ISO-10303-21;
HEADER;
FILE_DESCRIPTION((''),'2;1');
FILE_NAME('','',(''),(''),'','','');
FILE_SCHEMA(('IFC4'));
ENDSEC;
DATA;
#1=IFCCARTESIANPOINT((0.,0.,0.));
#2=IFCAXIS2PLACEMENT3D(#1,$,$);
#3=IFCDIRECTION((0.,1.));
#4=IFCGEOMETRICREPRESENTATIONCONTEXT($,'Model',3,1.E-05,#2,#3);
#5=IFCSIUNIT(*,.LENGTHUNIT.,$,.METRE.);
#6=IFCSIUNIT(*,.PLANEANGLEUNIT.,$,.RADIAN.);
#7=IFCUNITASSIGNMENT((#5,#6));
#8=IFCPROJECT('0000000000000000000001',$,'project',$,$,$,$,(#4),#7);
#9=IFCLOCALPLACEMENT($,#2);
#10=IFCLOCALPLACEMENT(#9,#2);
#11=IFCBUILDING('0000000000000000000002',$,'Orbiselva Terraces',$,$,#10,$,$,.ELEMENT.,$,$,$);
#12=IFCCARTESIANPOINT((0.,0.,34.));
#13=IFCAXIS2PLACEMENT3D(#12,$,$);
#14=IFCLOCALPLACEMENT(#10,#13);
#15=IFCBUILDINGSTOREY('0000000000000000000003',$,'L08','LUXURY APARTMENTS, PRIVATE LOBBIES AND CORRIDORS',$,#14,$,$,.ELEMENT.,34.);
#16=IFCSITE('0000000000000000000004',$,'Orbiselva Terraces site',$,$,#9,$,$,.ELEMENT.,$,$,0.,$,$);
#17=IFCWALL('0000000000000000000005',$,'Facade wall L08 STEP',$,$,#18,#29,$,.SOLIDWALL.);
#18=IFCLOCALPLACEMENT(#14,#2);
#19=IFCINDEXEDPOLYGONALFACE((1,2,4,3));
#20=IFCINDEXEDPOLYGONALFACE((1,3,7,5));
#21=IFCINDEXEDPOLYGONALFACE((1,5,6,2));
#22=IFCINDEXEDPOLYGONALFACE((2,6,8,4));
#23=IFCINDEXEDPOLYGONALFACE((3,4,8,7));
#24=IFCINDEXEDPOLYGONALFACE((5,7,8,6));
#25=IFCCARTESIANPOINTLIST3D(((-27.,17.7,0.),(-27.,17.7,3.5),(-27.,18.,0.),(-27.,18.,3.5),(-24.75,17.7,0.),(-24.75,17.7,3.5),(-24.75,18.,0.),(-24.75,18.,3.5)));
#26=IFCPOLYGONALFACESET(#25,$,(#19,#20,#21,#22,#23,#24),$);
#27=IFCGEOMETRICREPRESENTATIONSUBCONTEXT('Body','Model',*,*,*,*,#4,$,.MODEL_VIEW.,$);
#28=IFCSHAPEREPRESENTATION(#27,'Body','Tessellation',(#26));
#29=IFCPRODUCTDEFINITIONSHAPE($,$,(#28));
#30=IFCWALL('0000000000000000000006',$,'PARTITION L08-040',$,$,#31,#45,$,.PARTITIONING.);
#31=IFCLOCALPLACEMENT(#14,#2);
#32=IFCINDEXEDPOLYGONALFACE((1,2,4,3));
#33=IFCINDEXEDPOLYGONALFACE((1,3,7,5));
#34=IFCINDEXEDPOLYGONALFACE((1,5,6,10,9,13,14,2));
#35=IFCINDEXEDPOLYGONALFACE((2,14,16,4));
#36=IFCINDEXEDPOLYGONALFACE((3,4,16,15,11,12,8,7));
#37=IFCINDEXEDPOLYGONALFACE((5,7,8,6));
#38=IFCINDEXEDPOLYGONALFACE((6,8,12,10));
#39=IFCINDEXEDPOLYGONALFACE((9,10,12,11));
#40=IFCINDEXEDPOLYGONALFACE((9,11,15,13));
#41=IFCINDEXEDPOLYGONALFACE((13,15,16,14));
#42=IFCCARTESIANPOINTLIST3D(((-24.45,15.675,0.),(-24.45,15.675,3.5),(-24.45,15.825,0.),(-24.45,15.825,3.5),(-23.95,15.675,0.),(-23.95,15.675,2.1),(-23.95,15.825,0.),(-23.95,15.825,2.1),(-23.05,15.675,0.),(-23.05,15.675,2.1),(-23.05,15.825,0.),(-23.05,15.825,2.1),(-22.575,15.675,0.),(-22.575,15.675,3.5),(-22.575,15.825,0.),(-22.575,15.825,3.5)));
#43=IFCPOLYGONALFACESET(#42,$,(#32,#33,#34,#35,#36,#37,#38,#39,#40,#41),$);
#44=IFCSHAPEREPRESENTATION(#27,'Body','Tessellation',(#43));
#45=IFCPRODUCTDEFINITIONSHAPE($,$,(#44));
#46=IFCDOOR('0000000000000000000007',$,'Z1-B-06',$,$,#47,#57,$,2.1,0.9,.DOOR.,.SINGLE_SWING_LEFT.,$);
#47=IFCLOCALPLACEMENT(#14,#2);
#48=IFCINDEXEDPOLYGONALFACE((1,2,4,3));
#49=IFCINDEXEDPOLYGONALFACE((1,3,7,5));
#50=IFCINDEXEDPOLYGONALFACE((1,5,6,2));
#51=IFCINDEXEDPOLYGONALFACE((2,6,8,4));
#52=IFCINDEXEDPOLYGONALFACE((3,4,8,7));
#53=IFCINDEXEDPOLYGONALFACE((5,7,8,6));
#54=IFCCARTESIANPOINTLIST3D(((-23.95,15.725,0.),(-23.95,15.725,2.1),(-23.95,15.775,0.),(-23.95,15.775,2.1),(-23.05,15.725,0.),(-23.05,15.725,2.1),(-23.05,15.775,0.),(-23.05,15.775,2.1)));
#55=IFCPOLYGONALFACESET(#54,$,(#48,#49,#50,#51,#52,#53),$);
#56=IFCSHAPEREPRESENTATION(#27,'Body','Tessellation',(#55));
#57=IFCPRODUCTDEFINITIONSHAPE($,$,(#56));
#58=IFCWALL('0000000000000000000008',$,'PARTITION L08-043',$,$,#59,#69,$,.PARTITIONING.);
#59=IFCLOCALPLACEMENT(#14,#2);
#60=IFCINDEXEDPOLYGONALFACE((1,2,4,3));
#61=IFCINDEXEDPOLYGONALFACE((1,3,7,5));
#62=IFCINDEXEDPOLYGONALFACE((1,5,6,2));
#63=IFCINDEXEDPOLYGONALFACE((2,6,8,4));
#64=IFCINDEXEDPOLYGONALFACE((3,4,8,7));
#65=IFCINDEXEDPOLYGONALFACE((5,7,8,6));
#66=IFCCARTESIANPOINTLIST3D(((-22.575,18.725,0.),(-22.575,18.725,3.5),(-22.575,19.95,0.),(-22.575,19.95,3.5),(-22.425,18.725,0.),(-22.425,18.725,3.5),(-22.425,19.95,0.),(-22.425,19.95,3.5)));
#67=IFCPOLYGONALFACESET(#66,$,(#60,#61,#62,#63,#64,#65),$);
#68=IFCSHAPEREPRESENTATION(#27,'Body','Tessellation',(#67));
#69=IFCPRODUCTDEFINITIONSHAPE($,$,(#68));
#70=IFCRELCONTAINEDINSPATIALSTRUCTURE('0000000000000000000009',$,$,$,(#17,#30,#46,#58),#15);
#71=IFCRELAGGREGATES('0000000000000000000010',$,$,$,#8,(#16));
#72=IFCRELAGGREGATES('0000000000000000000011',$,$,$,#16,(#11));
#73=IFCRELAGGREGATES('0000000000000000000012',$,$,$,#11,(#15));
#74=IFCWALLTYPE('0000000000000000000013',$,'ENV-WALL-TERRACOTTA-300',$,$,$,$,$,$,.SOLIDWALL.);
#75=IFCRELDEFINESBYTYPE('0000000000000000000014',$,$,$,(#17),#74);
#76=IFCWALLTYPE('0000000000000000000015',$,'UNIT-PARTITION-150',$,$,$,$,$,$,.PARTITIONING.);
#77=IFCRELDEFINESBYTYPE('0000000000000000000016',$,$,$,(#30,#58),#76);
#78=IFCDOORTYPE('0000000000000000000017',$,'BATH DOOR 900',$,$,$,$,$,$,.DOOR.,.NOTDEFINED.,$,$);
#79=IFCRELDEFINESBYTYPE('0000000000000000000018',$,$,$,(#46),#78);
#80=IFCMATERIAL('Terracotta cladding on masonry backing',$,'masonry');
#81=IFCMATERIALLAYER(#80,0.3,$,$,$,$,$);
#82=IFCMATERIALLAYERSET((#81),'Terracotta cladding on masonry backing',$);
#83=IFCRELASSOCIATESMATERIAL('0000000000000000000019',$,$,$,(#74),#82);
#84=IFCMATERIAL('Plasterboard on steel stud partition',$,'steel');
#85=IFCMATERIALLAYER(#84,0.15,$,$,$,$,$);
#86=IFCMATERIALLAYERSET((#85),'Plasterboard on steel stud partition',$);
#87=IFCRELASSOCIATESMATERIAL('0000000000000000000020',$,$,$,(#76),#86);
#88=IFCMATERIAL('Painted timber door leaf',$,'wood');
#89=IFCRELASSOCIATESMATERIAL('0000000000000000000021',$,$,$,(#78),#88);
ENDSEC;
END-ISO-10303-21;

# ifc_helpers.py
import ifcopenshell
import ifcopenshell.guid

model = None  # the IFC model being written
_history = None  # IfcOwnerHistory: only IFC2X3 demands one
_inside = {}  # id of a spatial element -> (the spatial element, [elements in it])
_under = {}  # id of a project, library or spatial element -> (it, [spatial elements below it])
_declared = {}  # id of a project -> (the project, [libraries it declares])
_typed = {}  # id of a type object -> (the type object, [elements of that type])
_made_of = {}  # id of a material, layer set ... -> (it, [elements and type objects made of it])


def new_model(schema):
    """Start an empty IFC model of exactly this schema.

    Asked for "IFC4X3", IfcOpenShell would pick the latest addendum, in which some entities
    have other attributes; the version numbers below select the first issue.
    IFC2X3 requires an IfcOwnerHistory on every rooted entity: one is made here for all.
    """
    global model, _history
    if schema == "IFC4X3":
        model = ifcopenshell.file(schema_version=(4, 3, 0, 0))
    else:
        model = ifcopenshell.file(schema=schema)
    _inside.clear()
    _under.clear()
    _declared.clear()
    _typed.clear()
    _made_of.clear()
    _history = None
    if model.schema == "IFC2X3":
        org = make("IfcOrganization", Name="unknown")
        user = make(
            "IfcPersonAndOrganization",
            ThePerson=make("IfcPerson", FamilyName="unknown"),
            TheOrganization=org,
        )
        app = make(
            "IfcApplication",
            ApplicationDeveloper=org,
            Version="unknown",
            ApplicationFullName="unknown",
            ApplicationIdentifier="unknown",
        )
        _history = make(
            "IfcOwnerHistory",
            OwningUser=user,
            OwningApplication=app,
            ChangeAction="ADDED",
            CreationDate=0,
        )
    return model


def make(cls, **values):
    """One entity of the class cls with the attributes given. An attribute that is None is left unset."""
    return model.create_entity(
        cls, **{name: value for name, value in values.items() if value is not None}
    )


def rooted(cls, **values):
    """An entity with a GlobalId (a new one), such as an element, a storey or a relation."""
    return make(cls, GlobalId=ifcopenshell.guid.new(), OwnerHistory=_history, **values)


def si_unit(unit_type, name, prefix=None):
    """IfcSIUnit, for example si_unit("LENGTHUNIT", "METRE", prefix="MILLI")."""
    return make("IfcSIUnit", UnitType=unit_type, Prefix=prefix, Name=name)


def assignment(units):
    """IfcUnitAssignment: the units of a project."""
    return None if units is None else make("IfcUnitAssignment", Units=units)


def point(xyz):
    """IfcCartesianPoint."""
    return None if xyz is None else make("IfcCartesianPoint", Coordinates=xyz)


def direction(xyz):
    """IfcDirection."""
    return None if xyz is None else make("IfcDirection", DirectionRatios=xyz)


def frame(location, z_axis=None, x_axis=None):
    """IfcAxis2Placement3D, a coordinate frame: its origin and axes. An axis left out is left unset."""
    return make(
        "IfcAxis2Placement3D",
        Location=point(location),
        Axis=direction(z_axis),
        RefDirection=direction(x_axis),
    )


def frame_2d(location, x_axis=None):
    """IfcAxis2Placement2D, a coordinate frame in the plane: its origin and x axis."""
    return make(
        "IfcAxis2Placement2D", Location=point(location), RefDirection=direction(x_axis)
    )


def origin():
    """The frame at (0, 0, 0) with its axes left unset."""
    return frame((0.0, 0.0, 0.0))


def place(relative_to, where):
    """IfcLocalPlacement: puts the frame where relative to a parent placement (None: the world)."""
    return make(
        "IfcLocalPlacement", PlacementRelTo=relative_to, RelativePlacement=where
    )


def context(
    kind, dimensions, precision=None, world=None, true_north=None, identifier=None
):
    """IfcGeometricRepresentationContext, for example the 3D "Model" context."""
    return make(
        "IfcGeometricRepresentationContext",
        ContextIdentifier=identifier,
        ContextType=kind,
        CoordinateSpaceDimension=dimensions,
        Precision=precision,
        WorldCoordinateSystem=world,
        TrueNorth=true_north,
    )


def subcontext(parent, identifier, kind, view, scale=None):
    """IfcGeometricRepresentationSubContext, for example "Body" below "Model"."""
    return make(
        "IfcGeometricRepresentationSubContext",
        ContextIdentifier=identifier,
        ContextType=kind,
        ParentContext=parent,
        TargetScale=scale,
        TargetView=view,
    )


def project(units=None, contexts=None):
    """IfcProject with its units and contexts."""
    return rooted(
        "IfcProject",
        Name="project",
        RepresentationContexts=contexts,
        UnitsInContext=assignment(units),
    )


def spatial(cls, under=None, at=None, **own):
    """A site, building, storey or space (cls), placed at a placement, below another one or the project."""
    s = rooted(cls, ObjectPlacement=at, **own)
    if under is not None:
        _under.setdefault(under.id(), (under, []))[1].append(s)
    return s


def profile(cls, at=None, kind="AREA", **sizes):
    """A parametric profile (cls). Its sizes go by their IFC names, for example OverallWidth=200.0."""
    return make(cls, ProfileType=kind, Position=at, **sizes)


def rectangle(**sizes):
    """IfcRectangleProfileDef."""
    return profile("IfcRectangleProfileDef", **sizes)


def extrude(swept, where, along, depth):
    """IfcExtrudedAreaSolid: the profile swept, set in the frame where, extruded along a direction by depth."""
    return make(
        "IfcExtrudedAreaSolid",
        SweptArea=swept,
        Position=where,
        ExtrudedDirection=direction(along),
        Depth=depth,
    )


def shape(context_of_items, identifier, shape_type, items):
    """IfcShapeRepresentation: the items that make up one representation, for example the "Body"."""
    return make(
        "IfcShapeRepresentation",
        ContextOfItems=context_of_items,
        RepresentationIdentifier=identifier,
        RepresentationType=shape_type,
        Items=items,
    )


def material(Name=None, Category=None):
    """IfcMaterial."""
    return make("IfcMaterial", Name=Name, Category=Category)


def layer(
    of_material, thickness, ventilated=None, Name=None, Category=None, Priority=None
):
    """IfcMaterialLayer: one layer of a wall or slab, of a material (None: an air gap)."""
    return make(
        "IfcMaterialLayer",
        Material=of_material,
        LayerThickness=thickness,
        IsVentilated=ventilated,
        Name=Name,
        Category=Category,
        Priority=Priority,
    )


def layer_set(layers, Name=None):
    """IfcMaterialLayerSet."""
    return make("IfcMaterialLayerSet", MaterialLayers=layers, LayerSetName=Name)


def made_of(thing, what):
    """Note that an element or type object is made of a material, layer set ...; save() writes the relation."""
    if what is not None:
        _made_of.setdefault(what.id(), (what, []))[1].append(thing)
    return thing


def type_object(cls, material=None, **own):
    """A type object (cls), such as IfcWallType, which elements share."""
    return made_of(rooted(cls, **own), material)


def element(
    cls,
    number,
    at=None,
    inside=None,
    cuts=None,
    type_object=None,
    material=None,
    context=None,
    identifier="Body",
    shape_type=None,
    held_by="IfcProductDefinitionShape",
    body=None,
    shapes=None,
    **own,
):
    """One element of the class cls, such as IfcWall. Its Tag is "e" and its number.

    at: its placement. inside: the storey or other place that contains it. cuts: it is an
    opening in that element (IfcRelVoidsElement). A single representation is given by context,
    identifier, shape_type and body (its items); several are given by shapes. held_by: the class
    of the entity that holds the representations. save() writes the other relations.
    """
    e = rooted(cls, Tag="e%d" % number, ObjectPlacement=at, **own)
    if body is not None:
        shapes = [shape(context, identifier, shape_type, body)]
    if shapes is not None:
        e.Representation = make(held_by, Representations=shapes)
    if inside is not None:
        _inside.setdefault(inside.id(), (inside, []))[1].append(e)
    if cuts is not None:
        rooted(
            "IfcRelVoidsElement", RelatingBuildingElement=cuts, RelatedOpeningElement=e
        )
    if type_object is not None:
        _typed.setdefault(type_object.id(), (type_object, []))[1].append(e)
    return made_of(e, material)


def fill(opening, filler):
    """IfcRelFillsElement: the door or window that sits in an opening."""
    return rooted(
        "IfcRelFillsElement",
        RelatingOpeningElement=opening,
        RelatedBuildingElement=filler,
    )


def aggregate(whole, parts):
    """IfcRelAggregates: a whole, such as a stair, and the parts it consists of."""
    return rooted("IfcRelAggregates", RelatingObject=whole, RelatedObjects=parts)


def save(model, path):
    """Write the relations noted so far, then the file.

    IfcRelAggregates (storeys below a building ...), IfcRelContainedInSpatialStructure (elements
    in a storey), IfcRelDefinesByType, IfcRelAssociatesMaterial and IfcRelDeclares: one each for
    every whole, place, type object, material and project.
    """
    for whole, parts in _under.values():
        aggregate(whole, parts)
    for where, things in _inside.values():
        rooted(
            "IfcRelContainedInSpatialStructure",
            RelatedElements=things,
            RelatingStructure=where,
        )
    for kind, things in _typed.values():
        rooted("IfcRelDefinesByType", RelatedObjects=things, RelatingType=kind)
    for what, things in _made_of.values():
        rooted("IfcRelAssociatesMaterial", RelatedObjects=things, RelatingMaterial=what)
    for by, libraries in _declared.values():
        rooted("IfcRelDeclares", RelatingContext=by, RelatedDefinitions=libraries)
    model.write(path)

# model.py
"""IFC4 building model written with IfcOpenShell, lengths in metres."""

from ifc_helpers import new_model, si_unit, direction, frame, frame_2d, origin, place, context, subcontext, project, spatial, rectangle, extrude, material, layer, layer_set, type_object, element, fill, save


model = new_model("IFC4")

# Units and contexts
model_context = context("Model", 3, precision=1e-05, world=origin(), true_north=direction((0.0, 1.0)))
body_context = subcontext(model_context, "Body", "Model", "MODEL_VIEW")
ifc_project = project(units=[si_unit("LENGTHUNIT", "METRE"), si_unit("PLANEANGLEUNIT", "RADIAN")], contexts=[model_context])

# Site, building, storey
site_placement = place(None, origin())
site = spatial("IfcSite", under=ifc_project, at=site_placement, Name="Orbiselva Terraces site", CompositionType="ELEMENT", RefElevation=0.0)
building_placement = place(site_placement, origin())
building = spatial("IfcBuilding", under=site, at=building_placement, Name="Orbiselva Terraces", CompositionType="ELEMENT")
storey_placement = place(building_placement, frame((0.0, 0.0, 34.0)))
storey = spatial("IfcBuildingStorey", under=building, at=storey_placement, Name="L08", Description="LUXURY APARTMENTS, PRIVATE LOBBIES AND CORRIDORS", CompositionType="ELEMENT", Elevation=34.0)

# Shared definitions
ifc_material_1 = material(Name="Terracotta cladding on masonry backing", Category="masonry")
ifc_layer_1 = layer(ifc_material_1, 0.3)
ifc_layer_set_1 = layer_set([ifc_layer_1], Name="Terracotta cladding on masonry backing")
wall_type_1 = type_object("IfcWallType", Name="ENV-WALL-TERRACOTTA-300", PredefinedType="SOLIDWALL", material=ifc_layer_set_1)

# Wall
wall_1_placement = place(storey_placement, frame((-27.0, 17.85, 0.0), z_axis=(0.0, 0.0, 1.0), x_axis=(1.0, 0.0, 0.0)))
element("IfcWall", 1, at=wall_1_placement, inside=storey, type_object=wall_type_1, Name="Facade wall L08 STEP", PredefinedType="SOLIDWALL", context=body_context, shape_type="SweptSolid", body=[
    extrude(rectangle(XDim=2.25, YDim=0.3, at=frame_2d((1.125, 0.0))), origin(), (0.0, 0.0, 1.0), 3.5),
])

# Wall, opening, door
ifc_material_2 = material(Name="Plasterboard on steel stud partition", Category="steel")
ifc_layer_2 = layer(ifc_material_2, 0.15)
ifc_layer_set_2 = layer_set([ifc_layer_2], Name="Plasterboard on steel stud partition")
wall_type_2 = type_object("IfcWallType", Name="UNIT-PARTITION-150", PredefinedType="PARTITIONING", material=ifc_layer_set_2)
wall_2_placement = place(storey_placement, frame((-22.575, 15.75, 0.0), z_axis=(0.0, 0.0, 1.0), x_axis=(-1.0, 0.0, 0.0)))
wall_2 = element("IfcWall", 2, at=wall_2_placement, inside=storey, type_object=wall_type_2, Name="PARTITION L08-040", PredefinedType="PARTITIONING", context=body_context, shape_type="SweptSolid", body=[
    extrude(rectangle(XDim=1.875, YDim=0.15, at=frame_2d((0.9375, 0.0))), origin(), (0.0, 0.0, 1.0), 3.5),
])
opening_1_placement = place(wall_2_placement, frame((0.475, 0.0, 0.0)))
opening_1 = element("IfcOpeningElement", 3, at=opening_1_placement, cuts=wall_2, PredefinedType="OPENING", context=body_context, shape_type="SweptSolid", body=[
    extrude(rectangle(XDim=0.9, YDim=2.1, at=frame_2d((0.45, 1.05))), frame((0.0, 0.085, 0.0), z_axis=(0.0, -1.0, 0.0), x_axis=(1.0, 0.0, 0.0)), (0.0, 0.0, 1.0), 0.17),
])
ifc_material_3 = material(Name="Painted timber door leaf", Category="wood")
door_type_1 = type_object("IfcDoorType", Name="BATH DOOR 900", OperationType="NOTDEFINED", PredefinedType="DOOR", material=ifc_material_3)
door_1_placement = place(opening_1_placement, origin())
door_1 = element("IfcDoor", 4, at=door_1_placement, inside=storey, type_object=door_type_1, Name="Z1-B-06", OperationType="SINGLE_SWING_LEFT", OverallHeight=2.1, OverallWidth=0.9, PredefinedType="DOOR", context=body_context, shape_type="SweptSolid", body=[
    extrude(rectangle(XDim=0.9, YDim=2.1, at=frame_2d((0.45, 1.05))), frame((0.0, 0.025, 0.0), z_axis=(0.0, -1.0, 0.0), x_axis=(1.0, 0.0, 0.0)), (0.0, 0.0, 1.0), 0.05),
])
fill(opening_1, door_1)

# Wall
wall_3_placement = place(storey_placement, frame((-22.5, 18.725, 0.0), z_axis=(0.0, 0.0, 1.0), x_axis=(0.0, 1.0, 0.0)))
element("IfcWall", 5, at=wall_3_placement, inside=storey, type_object=wall_type_2, Name="PARTITION L08-043", PredefinedType="PARTITIONING", context=body_context, shape_type="SweptSolid", body=[
    extrude(rectangle(XDim=1.225, YDim=0.15, at=frame_2d((0.6125, 0.0))), origin(), (0.0, 0.0, 1.0), 3.5),
])

save(model, "model.ifc")
